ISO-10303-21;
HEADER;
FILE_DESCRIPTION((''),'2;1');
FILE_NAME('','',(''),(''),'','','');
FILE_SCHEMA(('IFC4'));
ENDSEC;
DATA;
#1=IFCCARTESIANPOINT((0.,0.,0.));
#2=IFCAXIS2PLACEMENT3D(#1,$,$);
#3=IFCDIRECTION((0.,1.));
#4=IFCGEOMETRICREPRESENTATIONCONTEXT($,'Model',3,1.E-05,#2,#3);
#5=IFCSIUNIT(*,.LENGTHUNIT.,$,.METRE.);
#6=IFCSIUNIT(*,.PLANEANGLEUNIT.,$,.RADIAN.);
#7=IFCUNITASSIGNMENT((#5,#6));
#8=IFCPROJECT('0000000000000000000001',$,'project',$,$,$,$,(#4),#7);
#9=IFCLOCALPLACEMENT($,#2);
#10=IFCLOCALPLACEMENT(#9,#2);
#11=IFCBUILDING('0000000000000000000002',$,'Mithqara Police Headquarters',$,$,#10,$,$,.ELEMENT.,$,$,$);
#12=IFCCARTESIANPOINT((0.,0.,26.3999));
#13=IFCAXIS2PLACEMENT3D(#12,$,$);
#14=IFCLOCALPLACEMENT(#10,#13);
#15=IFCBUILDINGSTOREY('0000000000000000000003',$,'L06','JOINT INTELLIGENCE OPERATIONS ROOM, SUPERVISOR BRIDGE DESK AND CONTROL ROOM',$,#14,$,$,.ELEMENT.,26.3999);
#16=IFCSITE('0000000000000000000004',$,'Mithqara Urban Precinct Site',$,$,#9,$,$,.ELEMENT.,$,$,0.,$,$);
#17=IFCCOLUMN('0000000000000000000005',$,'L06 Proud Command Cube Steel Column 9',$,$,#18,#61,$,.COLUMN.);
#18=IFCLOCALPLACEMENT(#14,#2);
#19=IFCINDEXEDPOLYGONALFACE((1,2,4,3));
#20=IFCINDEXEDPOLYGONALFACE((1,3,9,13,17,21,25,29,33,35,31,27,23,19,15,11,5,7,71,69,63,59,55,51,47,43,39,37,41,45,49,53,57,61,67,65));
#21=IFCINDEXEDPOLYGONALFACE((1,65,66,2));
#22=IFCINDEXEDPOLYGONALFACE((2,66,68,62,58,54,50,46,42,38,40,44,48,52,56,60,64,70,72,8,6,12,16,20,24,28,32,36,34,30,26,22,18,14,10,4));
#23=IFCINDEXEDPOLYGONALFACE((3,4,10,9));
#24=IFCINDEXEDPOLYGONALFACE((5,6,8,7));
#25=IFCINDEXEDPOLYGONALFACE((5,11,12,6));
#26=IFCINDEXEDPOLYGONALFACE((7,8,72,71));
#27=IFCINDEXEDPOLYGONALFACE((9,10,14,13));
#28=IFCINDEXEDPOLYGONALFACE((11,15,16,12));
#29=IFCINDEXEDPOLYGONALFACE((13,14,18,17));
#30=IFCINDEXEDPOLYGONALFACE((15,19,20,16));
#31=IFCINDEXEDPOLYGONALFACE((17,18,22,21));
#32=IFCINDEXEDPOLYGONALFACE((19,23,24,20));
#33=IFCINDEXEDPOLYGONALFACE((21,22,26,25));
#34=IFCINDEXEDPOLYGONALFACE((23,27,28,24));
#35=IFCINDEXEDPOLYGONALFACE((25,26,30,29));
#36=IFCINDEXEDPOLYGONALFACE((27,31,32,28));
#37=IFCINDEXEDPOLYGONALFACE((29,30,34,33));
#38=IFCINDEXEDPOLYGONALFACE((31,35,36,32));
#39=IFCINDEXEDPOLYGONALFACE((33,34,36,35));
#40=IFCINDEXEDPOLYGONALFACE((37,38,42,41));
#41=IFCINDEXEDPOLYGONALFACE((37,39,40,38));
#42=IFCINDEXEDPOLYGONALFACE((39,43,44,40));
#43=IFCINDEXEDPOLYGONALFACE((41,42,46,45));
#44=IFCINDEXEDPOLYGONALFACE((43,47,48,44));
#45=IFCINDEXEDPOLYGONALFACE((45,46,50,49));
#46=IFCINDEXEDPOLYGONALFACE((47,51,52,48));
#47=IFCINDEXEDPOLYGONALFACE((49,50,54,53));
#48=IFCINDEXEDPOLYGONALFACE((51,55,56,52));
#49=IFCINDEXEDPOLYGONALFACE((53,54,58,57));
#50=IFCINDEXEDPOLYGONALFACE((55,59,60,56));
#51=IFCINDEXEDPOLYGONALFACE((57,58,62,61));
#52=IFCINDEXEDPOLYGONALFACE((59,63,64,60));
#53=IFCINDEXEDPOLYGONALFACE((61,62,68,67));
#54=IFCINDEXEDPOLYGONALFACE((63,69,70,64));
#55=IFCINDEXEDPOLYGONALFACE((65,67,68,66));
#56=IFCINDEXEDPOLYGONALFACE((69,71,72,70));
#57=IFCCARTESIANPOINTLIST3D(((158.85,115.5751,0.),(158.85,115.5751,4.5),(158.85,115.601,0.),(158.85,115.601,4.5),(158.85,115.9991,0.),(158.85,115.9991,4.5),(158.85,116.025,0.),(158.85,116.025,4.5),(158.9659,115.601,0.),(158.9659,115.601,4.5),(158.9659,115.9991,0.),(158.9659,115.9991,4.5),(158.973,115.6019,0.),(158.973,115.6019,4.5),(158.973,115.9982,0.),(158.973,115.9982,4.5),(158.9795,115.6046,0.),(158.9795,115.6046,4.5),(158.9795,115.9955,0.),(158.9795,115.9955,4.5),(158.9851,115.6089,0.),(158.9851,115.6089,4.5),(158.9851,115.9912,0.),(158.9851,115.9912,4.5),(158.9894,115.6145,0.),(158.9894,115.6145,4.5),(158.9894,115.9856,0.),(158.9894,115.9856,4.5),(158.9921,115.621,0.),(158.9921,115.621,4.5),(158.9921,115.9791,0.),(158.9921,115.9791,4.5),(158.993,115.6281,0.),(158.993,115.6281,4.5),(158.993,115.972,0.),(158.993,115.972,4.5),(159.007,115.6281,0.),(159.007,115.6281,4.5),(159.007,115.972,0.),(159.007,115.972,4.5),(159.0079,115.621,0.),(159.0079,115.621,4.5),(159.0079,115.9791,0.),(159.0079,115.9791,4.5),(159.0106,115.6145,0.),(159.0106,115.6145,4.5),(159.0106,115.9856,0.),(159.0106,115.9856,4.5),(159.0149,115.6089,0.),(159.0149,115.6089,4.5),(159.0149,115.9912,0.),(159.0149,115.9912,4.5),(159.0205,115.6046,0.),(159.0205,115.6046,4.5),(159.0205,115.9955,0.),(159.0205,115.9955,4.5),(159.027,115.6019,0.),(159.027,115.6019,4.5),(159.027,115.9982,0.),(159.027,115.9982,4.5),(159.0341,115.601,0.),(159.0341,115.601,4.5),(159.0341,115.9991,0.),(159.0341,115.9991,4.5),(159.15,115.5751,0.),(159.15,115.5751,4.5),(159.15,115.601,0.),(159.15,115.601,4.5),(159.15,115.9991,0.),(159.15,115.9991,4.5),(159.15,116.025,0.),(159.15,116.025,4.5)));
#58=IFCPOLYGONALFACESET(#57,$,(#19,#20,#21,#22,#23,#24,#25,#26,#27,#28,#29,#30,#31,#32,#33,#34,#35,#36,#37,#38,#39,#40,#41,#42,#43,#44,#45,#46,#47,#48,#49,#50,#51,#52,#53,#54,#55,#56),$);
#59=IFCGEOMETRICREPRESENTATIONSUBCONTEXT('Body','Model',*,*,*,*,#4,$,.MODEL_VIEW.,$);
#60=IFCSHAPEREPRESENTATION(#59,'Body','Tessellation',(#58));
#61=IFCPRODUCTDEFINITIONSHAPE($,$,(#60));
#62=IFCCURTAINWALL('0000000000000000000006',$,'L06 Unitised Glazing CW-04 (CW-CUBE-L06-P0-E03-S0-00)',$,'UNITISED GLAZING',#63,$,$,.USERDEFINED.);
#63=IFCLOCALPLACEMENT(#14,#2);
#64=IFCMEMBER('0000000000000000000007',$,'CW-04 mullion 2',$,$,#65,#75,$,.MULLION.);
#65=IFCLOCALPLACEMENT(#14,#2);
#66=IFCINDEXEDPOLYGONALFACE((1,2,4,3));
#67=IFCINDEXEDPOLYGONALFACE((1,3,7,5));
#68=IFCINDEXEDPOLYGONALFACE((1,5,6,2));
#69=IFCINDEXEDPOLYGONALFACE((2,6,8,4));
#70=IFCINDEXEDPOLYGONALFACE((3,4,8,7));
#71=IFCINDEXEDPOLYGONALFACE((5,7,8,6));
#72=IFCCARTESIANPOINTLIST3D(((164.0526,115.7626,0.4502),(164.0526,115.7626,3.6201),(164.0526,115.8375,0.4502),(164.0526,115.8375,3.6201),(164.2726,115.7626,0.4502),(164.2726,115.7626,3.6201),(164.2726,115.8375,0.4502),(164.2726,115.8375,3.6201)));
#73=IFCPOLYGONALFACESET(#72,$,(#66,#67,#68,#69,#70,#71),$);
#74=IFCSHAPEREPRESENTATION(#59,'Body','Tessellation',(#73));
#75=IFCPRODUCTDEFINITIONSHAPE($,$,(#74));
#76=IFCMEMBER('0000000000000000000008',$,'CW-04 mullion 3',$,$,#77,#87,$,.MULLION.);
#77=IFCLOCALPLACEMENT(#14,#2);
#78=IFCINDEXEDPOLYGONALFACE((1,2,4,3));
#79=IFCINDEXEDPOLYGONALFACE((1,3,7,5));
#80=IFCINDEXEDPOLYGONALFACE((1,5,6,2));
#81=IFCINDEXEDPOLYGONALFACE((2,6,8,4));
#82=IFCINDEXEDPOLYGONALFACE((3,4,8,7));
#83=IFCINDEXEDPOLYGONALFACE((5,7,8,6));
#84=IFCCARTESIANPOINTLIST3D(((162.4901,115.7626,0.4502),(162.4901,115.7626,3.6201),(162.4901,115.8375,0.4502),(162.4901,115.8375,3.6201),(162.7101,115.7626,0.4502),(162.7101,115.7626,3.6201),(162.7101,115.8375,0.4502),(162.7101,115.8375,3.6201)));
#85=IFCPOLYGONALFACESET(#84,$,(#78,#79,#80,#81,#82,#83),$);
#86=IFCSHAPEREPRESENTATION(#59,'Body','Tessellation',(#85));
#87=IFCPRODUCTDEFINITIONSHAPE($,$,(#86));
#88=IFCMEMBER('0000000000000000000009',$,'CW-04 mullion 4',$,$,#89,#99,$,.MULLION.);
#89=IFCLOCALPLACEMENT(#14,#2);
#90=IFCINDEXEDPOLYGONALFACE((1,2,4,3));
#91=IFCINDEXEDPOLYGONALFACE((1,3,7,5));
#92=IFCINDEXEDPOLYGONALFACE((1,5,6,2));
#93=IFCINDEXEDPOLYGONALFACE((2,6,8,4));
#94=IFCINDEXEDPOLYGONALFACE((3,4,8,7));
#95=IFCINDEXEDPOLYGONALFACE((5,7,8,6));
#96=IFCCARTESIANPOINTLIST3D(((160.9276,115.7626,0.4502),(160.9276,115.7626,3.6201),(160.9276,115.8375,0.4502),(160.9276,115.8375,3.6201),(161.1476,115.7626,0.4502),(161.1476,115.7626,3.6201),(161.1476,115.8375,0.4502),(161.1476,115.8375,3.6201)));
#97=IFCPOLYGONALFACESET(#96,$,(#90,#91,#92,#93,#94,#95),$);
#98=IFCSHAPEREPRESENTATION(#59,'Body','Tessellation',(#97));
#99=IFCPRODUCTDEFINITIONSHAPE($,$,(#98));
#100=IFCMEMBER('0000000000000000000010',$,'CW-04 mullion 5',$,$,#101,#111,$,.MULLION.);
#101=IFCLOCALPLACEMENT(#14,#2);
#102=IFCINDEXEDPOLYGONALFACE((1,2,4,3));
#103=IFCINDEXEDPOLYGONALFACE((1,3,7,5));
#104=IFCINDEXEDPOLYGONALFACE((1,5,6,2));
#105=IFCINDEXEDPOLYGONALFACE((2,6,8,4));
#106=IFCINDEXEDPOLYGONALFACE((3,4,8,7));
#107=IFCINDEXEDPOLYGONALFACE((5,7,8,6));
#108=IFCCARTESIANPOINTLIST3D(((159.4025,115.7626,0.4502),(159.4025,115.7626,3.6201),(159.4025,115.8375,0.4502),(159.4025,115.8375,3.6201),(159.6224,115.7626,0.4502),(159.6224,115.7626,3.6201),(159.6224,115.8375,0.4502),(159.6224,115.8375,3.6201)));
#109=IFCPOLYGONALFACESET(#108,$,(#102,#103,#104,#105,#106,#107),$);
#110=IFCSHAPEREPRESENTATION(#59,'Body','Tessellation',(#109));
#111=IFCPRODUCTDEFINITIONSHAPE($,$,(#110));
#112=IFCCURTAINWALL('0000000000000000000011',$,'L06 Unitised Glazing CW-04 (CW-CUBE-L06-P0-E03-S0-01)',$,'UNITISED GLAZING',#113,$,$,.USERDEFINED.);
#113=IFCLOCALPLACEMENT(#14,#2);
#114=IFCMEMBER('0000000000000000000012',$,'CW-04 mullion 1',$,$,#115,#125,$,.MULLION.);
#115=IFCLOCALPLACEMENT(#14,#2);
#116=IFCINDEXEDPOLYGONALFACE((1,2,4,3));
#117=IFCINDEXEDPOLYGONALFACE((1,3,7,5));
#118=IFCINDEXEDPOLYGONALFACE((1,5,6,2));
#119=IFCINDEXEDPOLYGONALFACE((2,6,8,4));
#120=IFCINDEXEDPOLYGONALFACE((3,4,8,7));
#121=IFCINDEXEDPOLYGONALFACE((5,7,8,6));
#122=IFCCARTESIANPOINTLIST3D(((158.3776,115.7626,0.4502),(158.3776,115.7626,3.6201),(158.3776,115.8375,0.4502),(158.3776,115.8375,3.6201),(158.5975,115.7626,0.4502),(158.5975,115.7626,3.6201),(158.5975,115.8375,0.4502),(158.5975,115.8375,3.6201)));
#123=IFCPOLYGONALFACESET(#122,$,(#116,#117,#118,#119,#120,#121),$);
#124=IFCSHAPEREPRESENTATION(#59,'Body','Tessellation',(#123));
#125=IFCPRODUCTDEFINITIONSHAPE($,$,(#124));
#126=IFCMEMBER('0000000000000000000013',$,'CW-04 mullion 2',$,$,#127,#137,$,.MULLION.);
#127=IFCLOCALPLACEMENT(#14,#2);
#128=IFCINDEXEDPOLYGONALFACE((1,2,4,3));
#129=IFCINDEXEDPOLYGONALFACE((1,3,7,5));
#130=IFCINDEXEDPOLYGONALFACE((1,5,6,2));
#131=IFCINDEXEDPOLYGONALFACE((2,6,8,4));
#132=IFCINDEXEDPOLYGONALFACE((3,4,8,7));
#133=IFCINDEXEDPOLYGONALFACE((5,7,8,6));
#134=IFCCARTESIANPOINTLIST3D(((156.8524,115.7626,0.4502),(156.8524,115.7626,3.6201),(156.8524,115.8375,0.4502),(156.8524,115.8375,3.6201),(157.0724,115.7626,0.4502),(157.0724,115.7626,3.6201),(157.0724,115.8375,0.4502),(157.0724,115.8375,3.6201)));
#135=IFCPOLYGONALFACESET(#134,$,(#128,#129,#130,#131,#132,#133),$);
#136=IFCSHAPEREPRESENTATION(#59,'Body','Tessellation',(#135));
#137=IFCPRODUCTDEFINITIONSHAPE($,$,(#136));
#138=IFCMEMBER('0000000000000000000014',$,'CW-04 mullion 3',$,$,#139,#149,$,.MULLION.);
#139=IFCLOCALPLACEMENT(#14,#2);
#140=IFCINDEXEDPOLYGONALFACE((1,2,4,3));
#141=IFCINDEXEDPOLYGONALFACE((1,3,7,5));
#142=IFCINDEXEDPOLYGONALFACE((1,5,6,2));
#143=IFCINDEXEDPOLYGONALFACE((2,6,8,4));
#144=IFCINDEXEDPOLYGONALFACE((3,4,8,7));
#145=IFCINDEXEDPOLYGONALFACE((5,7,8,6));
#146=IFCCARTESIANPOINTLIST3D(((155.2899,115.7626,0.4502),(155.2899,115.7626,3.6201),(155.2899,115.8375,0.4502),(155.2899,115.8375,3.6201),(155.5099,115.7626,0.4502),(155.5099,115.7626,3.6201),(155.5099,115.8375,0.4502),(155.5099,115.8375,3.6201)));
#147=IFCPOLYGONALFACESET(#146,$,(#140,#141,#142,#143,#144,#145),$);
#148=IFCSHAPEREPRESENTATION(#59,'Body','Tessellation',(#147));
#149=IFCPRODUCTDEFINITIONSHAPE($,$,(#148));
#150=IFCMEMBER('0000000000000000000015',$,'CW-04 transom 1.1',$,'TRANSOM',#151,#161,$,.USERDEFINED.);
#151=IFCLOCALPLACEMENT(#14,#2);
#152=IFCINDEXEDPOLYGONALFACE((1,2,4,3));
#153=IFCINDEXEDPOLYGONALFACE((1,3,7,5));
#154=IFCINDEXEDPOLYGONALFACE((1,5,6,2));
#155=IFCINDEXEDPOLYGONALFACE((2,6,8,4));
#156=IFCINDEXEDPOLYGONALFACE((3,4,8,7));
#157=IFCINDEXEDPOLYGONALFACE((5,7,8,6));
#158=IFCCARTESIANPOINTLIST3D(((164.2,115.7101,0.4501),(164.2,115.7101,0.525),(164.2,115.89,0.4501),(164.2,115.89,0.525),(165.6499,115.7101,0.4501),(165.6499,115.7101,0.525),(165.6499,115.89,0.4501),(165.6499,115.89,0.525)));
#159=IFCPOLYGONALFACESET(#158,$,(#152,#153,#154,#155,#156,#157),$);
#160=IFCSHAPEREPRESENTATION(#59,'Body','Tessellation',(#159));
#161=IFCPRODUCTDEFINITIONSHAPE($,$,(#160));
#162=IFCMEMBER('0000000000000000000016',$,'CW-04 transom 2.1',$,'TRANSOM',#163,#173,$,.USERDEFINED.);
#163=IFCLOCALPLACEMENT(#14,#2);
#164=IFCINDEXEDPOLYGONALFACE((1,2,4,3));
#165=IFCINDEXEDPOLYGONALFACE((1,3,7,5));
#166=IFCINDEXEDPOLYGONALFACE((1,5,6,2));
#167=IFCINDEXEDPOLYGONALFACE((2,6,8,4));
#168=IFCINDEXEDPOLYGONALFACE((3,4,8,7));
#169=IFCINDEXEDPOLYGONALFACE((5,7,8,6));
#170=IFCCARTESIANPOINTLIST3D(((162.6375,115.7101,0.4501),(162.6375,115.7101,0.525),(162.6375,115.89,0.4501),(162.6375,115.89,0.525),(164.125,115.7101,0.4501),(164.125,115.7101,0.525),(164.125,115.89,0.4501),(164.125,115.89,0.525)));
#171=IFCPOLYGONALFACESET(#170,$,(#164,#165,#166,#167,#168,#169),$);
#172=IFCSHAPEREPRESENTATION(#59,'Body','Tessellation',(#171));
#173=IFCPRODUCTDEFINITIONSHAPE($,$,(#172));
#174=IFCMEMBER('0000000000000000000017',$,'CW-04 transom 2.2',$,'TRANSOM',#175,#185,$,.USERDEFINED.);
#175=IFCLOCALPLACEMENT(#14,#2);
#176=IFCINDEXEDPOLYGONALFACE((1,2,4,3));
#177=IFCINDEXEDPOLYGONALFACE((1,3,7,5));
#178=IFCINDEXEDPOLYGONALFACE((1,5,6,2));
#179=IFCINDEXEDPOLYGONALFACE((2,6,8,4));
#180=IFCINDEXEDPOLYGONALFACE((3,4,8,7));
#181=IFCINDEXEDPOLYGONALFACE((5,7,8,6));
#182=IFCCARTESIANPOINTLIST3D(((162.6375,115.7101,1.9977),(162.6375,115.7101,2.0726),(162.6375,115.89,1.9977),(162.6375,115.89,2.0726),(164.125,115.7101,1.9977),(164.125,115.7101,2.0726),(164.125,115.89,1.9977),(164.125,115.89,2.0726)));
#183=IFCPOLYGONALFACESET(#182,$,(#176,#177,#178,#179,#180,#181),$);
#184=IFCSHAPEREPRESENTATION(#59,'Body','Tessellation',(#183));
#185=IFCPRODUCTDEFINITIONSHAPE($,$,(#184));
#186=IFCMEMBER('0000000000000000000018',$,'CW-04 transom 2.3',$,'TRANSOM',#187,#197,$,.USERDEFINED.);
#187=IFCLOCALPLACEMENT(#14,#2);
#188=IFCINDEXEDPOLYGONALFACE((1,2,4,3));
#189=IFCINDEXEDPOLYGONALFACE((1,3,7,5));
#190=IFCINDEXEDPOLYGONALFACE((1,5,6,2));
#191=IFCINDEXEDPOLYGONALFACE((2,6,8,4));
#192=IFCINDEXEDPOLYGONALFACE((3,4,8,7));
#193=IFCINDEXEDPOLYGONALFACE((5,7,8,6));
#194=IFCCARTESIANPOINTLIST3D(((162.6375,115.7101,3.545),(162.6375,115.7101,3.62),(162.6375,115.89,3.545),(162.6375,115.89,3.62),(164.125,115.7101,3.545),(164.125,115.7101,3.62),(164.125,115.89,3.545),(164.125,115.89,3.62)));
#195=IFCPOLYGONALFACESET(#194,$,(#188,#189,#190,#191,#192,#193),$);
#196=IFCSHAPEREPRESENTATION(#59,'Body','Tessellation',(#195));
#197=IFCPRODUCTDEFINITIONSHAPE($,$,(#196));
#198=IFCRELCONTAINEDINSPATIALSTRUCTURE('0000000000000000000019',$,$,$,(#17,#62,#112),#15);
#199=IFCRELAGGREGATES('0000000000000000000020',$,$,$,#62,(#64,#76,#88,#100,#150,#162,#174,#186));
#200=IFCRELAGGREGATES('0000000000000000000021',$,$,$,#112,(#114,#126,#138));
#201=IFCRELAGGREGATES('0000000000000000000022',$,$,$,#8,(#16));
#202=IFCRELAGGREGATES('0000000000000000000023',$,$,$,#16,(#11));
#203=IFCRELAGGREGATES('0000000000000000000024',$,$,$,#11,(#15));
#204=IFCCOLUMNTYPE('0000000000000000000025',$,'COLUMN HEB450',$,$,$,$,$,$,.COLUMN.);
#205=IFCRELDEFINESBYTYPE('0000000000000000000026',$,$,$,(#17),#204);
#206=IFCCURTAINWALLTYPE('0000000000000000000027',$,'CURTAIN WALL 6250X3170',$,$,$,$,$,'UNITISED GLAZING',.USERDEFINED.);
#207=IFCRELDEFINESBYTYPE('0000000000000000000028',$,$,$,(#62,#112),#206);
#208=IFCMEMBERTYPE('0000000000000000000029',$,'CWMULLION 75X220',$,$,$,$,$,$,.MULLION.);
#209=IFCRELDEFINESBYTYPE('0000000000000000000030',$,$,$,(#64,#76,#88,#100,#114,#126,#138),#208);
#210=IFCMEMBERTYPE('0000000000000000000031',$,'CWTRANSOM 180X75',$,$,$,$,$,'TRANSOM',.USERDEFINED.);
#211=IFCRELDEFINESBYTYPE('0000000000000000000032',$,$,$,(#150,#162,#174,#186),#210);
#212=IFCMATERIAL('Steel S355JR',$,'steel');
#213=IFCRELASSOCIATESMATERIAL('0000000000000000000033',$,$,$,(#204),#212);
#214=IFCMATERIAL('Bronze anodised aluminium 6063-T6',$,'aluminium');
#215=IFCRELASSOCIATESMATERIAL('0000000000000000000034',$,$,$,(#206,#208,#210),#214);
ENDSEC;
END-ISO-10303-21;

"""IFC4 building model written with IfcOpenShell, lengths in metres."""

from ifc_helpers import new_model, si_unit, direction, frame, origin, origin_2d, place, context, subcontext, project, spatial, rectangle, i_section, extrude, material, material_profile, profile_set, type_object, element, aggregate, save


model = new_model("IFC4")

# Units and contexts
model_context = context("Model", 3, precision=1e-05, world=origin(), true_north=direction((0.0, 1.0)))
body_context = subcontext(model_context, "Body", "Model", "MODEL_VIEW")
ifc_project = project(units=[si_unit("LENGTHUNIT", "METRE"), si_unit("PLANEANGLEUNIT", "RADIAN")], contexts=[model_context])

# Site, building, storey
site_placement = place(None, origin())
site = spatial("IfcSite", under=ifc_project, at=site_placement, Name="Mithqara Urban Precinct Site", CompositionType="ELEMENT", RefElevation=0.0)
building_placement = place(site_placement, origin())
building = spatial("IfcBuilding", under=site, at=building_placement, Name="Mithqara Police Headquarters", CompositionType="ELEMENT")
storey_placement = place(building_placement, frame((0.0, 0.0, 26.3999)))
storey = spatial("IfcBuildingStorey", under=building, at=storey_placement, Name="L06", Description="JOINT INTELLIGENCE OPERATIONS ROOM, SUPERVISOR BRIDGE DESK AND CONTROL ROOM", CompositionType="ELEMENT", Elevation=26.3999)

# Column
ifc_material_1 = material(Name="Steel S355JR", Category="steel")
ifc_material_profile_1 = material_profile(ifc_material_1, i_section(OverallWidth=0.3, OverallDepth=0.45, WebThickness=0.0139, FlangeThickness=0.0259, FilletRadius=0.0271, at=origin_2d()), Name="HEB 450")
ifc_profile_set_1 = profile_set([ifc_material_profile_1], Name="Steel S355JR")
column_type = type_object("IfcColumnType", Name="COLUMN HEB450", PredefinedType="COLUMN", material=ifc_profile_set_1)
column_placement = place(storey_placement, frame((159.0, 115.8, 0.0), z_axis=(0.0, 0.0, 1.0), x_axis=(1.0, 0.0, 0.0)))
element("IfcColumn", 1, at=column_placement, inside=storey, type_object=column_type, Name="L06 Proud Command Cube Steel Column 9", PredefinedType="COLUMN", context=body_context, shape_type="SweptSolid", body=[
    extrude(i_section(OverallWidth=0.3, OverallDepth=0.45, WebThickness=0.0139, FlangeThickness=0.0259, FilletRadius=0.0271, at=origin_2d()), origin(), (0.0, 0.0, 1.0), 4.5),
])

# Curtain walls, members
ifc_material_2 = material(Name="Bronze anodised aluminium 6063-T6", Category="aluminium")
curtain_wall_type = type_object("IfcCurtainWallType", Name="CURTAIN WALL 6250X3170", ElementType="UNITISED GLAZING", PredefinedType="USERDEFINED", material=ifc_material_2)
curtain_wall_1_placement = place(storey_placement, origin())
curtain_wall_1 = element("IfcCurtainWall", 2, at=curtain_wall_1_placement, inside=storey, type_object=curtain_wall_type, Name="L06 Unitised Glazing CW-04 (CW-CUBE-L06-P0-E03-S0-00)", ObjectType="UNITISED GLAZING", PredefinedType="USERDEFINED")
ifc_material_profile_2 = material_profile(ifc_material_2, rectangle(XDim=0.075, YDim=0.22, at=origin_2d()), Name="CWM 75x220")
ifc_profile_set_2 = profile_set([ifc_material_profile_2], Name="Bronze anodised aluminium 6063-T6")
member_type_1 = type_object("IfcMemberType", Name="CWMULLION 75X220", PredefinedType="MULLION", material=ifc_profile_set_2)
member_1_placement = place(storey_placement, frame((164.1626, 115.8, 0.4502), z_axis=(0.0, 0.0, 1.0), x_axis=(0.0, -1.0, 0.0)))
member_1 = element("IfcMember", 3, at=member_1_placement, type_object=member_type_1, Name="CW-04 mullion 2", PredefinedType="MULLION", context=body_context, shape_type="SweptSolid", body=[
    extrude(rectangle(XDim=0.075, YDim=0.22, at=origin_2d()), origin(), (0.0, 0.0, 1.0), 3.1699),
])
member_2_placement = place(storey_placement, frame((162.6001, 115.8, 0.4502), z_axis=(0.0, 0.0, 1.0), x_axis=(0.0, -1.0, 0.0)))
member_2 = element("IfcMember", 4, at=member_2_placement, type_object=member_type_1, Name="CW-04 mullion 3", PredefinedType="MULLION", context=body_context, shape_type="SweptSolid", body=[
    extrude(rectangle(XDim=0.075, YDim=0.22, at=origin_2d()), origin(), (0.0, 0.0, 1.0), 3.1699),
])
member_3_placement = place(storey_placement, frame((161.0376, 115.8, 0.4502), z_axis=(0.0, 0.0, 1.0), x_axis=(0.0, -1.0, 0.0)))
member_3 = element("IfcMember", 5, at=member_3_placement, type_object=member_type_1, Name="CW-04 mullion 4", PredefinedType="MULLION", context=body_context, shape_type="SweptSolid", body=[
    extrude(rectangle(XDim=0.075, YDim=0.22, at=origin_2d()), origin(), (0.0, 0.0, 1.0), 3.1699),
])
member_4_placement = place(storey_placement, frame((159.5125, 115.8, 0.4502), z_axis=(0.0, 0.0, 1.0), x_axis=(0.0, -1.0, 0.0)))
member_4 = element("IfcMember", 6, at=member_4_placement, type_object=member_type_1, Name="CW-04 mullion 5", PredefinedType="MULLION", context=body_context, shape_type="SweptSolid", body=[
    extrude(rectangle(XDim=0.075, YDim=0.22, at=origin_2d()), origin(), (0.0, 0.0, 1.0), 3.1699),
])
curtain_wall_2_placement = place(storey_placement, origin())
curtain_wall_2 = element("IfcCurtainWall", 7, at=curtain_wall_2_placement, inside=storey, type_object=curtain_wall_type, Name="L06 Unitised Glazing CW-04 (CW-CUBE-L06-P0-E03-S0-01)", ObjectType="UNITISED GLAZING", PredefinedType="USERDEFINED")
member_5_placement = place(storey_placement, frame((158.4875, 115.8, 0.4502), z_axis=(0.0, 0.0, 1.0), x_axis=(0.0, -1.0, 0.0)))
member_5 = element("IfcMember", 8, at=member_5_placement, type_object=member_type_1, Name="CW-04 mullion 1", PredefinedType="MULLION", context=body_context, shape_type="SweptSolid", body=[
    extrude(rectangle(XDim=0.075, YDim=0.22, at=origin_2d()), origin(), (0.0, 0.0, 1.0), 3.1699),
])
member_6_placement = place(storey_placement, frame((156.9624, 115.8, 0.4502), z_axis=(0.0, 0.0, 1.0), x_axis=(0.0, -1.0, 0.0)))
member_6 = element("IfcMember", 9, at=member_6_placement, type_object=member_type_1, Name="CW-04 mullion 2", PredefinedType="MULLION", context=body_context, shape_type="SweptSolid", body=[
    extrude(rectangle(XDim=0.075, YDim=0.22, at=origin_2d()), origin(), (0.0, 0.0, 1.0), 3.1699),
])
member_7_placement = place(storey_placement, frame((155.3999, 115.8, 0.4502), z_axis=(0.0, 0.0, 1.0), x_axis=(0.0, -1.0, 0.0)))
member_7 = element("IfcMember", 10, at=member_7_placement, type_object=member_type_1, Name="CW-04 mullion 3", PredefinedType="MULLION", context=body_context, shape_type="SweptSolid", body=[
    extrude(rectangle(XDim=0.075, YDim=0.22, at=origin_2d()), origin(), (0.0, 0.0, 1.0), 3.1699),
])

# Members
ifc_material_profile_3 = material_profile(ifc_material_2, rectangle(XDim=0.1799, YDim=0.075, at=origin_2d()), Name="CWT 180x75")
ifc_profile_set_3 = profile_set([ifc_material_profile_3], Name="Bronze anodised aluminium 6063-T6")
member_type_2 = type_object("IfcMemberType", Name="CWTRANSOM 180X75", ElementType="TRANSOM", PredefinedType="USERDEFINED", material=ifc_profile_set_3)
member_8_placement = place(storey_placement, frame((165.6499, 115.8, 0.4875), z_axis=(-1.0, 0.0, 0.0), x_axis=(0.0, -1.0, 0.0)))
member_8 = element("IfcMember", 11, at=member_8_placement, type_object=member_type_2, Name="CW-04 transom 1.1", ObjectType="TRANSOM", PredefinedType="USERDEFINED", context=body_context, shape_type="SweptSolid", body=[
    extrude(rectangle(XDim=0.1799, YDim=0.075, at=origin_2d()), origin(), (0.0, 0.0, 1.0), 1.45),
])
member_9_placement = place(storey_placement, frame((164.125, 115.8, 0.4875), z_axis=(-1.0, 0.0, 0.0), x_axis=(0.0, -1.0, 0.0)))
member_9 = element("IfcMember", 12, at=member_9_placement, type_object=member_type_2, Name="CW-04 transom 2.1", ObjectType="TRANSOM", PredefinedType="USERDEFINED", context=body_context, shape_type="SweptSolid", body=[
    extrude(rectangle(XDim=0.1799, YDim=0.075, at=origin_2d()), origin(), (0.0, 0.0, 1.0), 1.4875),
])
member_10_placement = place(storey_placement, frame((164.125, 115.8, 2.0352), z_axis=(-1.0, 0.0, 0.0), x_axis=(0.0, -1.0, 0.0)))
member_10 = element("IfcMember", 13, at=member_10_placement, type_object=member_type_2, Name="CW-04 transom 2.2", ObjectType="TRANSOM", PredefinedType="USERDEFINED", context=body_context, shape_type="SweptSolid", body=[
    extrude(rectangle(XDim=0.1799, YDim=0.075, at=origin_2d()), origin(), (0.0, 0.0, 1.0), 1.4875),
])
member_11_placement = place(storey_placement, frame((164.125, 115.8, 3.5825), z_axis=(-1.0, 0.0, 0.0), x_axis=(0.0, -1.0, 0.0)))
member_11 = element("IfcMember", 14, at=member_11_placement, type_object=member_type_2, Name="CW-04 transom 2.3", ObjectType="TRANSOM", PredefinedType="USERDEFINED", context=body_context, shape_type="SweptSolid", body=[
    extrude(rectangle(XDim=0.1799, YDim=0.075, at=origin_2d()), origin(), (0.0, 0.0, 1.0), 1.4875),
])

aggregate(curtain_wall_1, [member_1, member_2, member_3, member_4, member_8, member_9, member_10, member_11])
aggregate(curtain_wall_2, [member_5, member_6, member_7])

save(model, "model.ifc")
